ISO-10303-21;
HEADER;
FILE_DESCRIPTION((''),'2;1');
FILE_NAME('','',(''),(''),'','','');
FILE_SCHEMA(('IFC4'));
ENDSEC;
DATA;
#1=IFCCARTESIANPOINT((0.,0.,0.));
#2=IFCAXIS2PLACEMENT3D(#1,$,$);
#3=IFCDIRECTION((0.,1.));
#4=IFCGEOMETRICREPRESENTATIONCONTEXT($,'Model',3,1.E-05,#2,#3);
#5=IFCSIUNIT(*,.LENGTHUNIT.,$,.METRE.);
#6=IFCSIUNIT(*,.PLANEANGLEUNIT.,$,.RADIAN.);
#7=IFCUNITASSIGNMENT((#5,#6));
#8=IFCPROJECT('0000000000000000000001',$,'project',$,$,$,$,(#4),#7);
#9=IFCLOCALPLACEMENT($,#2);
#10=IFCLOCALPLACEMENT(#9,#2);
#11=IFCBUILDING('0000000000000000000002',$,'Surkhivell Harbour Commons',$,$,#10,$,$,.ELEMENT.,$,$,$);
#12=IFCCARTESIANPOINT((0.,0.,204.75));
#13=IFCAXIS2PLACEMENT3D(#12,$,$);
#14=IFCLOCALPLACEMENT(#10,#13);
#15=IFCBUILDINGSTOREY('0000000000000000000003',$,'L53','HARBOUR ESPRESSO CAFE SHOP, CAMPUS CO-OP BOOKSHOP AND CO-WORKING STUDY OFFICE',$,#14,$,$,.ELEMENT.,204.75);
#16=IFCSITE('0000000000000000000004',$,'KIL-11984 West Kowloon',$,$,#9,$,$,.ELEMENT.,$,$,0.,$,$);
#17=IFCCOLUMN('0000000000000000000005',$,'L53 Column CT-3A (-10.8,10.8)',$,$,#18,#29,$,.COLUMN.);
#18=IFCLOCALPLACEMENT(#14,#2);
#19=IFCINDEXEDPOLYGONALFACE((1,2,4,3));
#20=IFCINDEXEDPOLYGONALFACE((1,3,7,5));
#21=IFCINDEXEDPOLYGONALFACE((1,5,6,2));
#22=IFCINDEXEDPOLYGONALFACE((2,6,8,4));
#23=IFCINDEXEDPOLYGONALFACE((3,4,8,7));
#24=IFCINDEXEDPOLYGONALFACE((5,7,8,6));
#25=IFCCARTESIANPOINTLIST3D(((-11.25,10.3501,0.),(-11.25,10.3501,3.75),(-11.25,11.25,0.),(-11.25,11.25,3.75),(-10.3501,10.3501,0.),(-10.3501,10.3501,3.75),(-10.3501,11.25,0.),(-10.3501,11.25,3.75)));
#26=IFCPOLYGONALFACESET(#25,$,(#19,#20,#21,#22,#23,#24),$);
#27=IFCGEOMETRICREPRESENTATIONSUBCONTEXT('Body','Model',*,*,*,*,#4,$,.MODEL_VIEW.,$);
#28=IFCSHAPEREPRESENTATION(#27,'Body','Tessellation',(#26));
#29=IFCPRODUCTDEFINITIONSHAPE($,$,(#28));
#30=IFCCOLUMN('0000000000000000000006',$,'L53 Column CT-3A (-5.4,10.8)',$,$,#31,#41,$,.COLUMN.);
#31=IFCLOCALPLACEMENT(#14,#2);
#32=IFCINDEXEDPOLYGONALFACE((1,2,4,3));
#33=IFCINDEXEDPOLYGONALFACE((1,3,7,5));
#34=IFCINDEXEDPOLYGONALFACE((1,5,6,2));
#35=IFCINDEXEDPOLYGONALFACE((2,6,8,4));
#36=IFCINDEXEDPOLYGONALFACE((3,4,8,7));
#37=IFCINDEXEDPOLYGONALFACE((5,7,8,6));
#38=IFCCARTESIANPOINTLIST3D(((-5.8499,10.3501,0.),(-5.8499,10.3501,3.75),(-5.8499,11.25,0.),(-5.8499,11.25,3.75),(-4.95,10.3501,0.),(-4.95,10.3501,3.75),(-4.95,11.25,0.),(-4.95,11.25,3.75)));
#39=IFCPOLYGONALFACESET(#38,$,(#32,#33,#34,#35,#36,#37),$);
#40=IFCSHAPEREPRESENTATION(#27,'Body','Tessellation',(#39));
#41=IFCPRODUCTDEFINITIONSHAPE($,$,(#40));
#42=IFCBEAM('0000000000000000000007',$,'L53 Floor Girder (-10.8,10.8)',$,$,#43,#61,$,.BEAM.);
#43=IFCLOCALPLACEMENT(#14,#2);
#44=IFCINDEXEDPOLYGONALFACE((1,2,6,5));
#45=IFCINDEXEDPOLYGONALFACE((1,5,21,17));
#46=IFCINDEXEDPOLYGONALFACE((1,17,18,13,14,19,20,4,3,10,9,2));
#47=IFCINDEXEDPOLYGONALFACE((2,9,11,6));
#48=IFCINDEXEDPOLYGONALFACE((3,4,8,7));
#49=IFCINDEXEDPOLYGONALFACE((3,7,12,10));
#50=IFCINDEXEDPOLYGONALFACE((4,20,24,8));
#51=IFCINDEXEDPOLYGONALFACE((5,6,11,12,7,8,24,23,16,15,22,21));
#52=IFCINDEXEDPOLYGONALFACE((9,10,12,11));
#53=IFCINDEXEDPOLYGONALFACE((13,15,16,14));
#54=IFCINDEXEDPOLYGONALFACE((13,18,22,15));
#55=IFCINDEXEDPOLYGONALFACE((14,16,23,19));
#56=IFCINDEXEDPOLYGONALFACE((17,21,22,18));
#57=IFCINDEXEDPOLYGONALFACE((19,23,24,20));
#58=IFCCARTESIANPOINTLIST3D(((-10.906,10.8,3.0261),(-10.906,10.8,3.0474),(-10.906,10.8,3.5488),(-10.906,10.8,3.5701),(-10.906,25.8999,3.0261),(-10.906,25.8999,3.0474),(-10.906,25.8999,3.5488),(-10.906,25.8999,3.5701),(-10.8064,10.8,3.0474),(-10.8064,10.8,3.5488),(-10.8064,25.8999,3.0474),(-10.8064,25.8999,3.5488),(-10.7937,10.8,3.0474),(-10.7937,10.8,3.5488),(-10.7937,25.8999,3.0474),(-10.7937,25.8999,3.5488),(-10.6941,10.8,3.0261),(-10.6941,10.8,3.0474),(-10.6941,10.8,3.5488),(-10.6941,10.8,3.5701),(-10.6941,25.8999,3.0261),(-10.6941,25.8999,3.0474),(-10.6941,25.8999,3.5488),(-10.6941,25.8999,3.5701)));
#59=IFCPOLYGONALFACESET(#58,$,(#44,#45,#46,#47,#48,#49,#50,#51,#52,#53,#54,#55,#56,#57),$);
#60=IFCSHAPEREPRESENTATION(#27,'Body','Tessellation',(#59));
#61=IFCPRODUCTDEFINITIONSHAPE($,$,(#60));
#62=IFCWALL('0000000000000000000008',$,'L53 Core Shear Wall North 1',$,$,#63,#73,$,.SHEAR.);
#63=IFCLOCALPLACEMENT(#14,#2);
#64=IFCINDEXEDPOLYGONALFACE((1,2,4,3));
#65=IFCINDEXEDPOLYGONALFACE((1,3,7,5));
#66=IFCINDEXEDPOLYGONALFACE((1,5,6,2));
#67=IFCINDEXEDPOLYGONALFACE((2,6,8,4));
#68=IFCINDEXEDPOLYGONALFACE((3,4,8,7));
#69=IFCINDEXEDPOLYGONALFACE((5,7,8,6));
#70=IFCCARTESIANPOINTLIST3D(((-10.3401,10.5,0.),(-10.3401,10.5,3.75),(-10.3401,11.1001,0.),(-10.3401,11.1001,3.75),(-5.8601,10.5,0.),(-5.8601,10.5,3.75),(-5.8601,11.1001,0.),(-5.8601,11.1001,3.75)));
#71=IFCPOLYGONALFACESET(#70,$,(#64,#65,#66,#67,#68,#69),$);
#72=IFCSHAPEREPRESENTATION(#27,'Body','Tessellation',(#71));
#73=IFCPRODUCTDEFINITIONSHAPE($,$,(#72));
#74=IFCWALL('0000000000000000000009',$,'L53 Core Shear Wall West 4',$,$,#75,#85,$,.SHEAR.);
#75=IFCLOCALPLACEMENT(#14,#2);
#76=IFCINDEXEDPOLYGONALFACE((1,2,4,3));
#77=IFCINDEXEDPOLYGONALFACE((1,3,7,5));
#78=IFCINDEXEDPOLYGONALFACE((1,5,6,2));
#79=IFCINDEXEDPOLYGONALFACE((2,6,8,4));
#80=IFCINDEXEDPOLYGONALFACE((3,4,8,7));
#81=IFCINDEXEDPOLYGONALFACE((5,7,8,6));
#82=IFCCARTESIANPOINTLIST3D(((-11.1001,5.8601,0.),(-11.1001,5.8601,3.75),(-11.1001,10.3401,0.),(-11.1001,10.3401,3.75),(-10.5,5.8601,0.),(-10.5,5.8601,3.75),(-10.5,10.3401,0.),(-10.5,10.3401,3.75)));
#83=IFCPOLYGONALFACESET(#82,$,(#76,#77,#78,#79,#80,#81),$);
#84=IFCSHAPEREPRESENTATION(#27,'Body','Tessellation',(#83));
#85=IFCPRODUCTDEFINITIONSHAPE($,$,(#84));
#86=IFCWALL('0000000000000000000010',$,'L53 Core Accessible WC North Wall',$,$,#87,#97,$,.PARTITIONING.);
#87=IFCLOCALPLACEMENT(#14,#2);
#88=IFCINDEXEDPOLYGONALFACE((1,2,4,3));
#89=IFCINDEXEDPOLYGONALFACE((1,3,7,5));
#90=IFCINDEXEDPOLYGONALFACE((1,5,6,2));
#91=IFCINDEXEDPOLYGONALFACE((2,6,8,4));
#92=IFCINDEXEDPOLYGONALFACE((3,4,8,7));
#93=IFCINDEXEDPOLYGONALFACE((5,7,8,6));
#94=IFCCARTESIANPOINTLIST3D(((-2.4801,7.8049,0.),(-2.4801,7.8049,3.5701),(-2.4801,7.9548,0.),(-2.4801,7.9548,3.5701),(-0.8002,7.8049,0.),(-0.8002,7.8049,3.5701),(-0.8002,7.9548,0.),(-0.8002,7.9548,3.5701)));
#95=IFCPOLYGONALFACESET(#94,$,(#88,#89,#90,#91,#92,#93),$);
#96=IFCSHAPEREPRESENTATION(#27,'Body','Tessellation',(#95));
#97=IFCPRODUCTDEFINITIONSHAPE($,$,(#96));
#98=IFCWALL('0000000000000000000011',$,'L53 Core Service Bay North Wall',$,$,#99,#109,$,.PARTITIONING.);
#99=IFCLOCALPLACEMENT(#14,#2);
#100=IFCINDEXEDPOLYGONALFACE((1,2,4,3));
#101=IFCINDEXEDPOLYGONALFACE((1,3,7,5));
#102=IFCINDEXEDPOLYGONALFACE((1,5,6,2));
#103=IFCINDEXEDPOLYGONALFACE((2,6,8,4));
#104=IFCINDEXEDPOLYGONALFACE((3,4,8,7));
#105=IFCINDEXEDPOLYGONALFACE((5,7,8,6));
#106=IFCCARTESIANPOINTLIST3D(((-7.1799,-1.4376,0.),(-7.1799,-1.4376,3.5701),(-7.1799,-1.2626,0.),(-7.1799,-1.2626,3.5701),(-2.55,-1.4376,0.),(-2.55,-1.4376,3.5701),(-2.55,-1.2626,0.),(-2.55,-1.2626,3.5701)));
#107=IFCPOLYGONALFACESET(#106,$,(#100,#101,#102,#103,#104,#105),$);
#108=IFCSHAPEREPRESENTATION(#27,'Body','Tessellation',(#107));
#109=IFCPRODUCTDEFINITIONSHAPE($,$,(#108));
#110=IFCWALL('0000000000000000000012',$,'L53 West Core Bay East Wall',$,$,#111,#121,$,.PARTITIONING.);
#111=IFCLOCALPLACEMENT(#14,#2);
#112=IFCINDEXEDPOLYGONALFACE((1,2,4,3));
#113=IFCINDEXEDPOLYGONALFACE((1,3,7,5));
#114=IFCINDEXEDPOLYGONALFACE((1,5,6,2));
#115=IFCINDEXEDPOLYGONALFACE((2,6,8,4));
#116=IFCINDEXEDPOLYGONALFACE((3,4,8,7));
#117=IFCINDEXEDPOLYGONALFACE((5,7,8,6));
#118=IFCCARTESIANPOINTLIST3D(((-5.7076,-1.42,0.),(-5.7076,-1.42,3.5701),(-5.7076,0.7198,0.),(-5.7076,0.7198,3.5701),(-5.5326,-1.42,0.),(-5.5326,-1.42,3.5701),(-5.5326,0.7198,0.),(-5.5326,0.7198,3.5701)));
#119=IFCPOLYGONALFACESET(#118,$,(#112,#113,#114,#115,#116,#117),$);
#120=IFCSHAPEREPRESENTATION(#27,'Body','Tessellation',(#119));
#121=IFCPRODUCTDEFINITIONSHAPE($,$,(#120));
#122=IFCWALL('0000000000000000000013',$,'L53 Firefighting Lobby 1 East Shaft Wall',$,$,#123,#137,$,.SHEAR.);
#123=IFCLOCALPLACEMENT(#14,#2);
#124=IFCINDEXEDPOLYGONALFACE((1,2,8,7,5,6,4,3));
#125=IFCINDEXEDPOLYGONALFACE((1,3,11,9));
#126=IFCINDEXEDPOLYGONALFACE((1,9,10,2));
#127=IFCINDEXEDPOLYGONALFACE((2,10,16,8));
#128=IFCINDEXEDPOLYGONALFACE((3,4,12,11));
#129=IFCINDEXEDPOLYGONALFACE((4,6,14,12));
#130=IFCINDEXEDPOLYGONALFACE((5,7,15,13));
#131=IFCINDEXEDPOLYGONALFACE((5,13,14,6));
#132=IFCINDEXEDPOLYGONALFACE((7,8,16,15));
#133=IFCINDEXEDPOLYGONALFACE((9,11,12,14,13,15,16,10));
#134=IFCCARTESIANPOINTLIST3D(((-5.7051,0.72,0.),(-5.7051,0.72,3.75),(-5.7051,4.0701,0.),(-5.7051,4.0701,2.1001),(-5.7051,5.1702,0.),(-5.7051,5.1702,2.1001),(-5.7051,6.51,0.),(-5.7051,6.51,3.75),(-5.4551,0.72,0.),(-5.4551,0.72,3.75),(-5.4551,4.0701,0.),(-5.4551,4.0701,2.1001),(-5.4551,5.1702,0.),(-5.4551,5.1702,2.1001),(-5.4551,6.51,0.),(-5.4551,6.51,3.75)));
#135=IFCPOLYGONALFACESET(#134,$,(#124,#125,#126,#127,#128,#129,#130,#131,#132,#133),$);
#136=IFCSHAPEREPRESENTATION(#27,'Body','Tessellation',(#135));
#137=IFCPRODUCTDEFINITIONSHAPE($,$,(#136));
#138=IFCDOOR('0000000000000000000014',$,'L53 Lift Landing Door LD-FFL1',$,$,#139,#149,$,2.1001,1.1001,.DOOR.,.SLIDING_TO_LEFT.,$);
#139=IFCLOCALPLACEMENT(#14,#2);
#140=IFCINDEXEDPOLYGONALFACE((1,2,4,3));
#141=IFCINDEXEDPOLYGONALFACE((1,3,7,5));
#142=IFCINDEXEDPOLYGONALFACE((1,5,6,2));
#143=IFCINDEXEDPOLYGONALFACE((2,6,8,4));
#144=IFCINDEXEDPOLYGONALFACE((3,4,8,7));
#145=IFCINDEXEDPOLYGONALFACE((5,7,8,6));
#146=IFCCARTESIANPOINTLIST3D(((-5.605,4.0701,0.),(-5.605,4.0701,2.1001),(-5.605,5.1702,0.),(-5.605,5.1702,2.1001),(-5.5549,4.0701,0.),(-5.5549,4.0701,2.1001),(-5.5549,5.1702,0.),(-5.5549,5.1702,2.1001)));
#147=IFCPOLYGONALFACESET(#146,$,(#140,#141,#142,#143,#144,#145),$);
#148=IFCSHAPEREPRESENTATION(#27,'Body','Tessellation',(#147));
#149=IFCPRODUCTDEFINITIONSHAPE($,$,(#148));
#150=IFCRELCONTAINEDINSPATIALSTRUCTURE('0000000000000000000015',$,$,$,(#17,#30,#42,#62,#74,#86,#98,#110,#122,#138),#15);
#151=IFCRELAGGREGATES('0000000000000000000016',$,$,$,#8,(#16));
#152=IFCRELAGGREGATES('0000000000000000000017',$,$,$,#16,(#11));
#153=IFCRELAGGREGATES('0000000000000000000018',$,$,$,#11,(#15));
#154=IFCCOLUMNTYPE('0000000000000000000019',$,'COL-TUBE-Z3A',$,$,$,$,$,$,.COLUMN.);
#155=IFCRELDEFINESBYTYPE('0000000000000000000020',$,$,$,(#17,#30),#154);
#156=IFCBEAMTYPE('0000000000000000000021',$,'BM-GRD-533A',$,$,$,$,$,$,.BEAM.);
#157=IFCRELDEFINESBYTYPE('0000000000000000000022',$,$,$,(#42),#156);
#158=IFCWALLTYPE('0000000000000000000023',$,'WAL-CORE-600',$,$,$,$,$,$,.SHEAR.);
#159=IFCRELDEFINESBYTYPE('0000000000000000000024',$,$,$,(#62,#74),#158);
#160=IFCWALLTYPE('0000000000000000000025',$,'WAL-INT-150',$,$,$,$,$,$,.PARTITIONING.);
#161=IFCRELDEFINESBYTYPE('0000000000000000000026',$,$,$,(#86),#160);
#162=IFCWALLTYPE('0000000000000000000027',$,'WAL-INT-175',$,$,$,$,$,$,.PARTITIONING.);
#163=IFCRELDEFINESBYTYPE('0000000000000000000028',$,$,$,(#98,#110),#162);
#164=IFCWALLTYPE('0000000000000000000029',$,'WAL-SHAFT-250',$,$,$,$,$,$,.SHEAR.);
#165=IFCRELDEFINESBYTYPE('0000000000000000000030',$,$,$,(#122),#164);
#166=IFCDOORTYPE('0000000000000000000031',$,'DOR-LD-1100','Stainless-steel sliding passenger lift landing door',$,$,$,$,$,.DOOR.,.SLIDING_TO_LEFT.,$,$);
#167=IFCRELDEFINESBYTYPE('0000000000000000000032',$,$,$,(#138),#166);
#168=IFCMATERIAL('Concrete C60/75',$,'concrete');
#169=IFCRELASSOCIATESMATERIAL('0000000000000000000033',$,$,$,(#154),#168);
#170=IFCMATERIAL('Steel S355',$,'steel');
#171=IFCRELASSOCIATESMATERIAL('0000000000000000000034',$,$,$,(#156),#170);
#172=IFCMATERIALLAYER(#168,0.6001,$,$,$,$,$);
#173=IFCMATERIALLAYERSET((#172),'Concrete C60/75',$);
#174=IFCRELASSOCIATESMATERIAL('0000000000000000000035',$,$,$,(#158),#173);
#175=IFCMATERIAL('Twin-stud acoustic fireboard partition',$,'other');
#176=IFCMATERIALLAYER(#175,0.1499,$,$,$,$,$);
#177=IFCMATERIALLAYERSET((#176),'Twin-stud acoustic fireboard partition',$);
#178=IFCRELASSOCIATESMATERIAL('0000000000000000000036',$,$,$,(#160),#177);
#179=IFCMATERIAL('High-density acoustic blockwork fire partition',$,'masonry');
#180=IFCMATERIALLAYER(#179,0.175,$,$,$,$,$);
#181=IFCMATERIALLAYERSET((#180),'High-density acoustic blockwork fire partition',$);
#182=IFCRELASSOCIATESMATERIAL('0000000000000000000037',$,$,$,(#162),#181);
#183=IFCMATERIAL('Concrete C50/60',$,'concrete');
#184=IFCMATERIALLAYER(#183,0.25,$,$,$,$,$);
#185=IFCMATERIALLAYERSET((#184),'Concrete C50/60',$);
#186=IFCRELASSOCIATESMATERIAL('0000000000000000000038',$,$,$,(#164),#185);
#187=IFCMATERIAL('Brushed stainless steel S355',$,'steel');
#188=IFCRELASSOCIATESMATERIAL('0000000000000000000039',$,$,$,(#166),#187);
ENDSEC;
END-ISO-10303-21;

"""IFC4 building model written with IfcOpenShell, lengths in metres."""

from ifc_helpers import new_model, si_unit, direction, frame, frame_2d, origin, origin_2d, place, context, subcontext, project, spatial, rectangle, i_section, extrude, material, layer, layer_set, material_profile, profile_set, type_object, element, fill, save


model = new_model("IFC4")

# Units and contexts
model_context = context("Model", 3, precision=1e-05, world=origin(), true_north=direction((0.0, 1.0)))
body_context = subcontext(model_context, "Body", "Model", "MODEL_VIEW")
ifc_project = project(units=[si_unit("LENGTHUNIT", "METRE"), si_unit("PLANEANGLEUNIT", "RADIAN")], contexts=[model_context])

# Site, building, storey
site_placement = place(None, origin())
site = spatial("IfcSite", under=ifc_project, at=site_placement, Name="KIL-11984 West Kowloon", CompositionType="ELEMENT", RefElevation=0.0)
building_placement = place(site_placement, origin())
building = spatial("IfcBuilding", under=site, at=building_placement, Name="Surkhivell Harbour Commons", CompositionType="ELEMENT")
storey_placement = place(building_placement, frame((0.0, 0.0, 204.75)))
storey = spatial("IfcBuildingStorey", under=building, at=storey_placement, Name="L53", Description="HARBOUR ESPRESSO CAFE SHOP, CAMPUS CO-OP BOOKSHOP AND CO-WORKING STUDY OFFICE", CompositionType="ELEMENT", Elevation=204.75)

# Columns
ifc_material_1 = material(Name="Concrete C60/75", Category="concrete")
ifc_material_profile_1 = material_profile(ifc_material_1, rectangle(XDim=0.8999, YDim=0.8999, at=origin_2d()), Name="RC-COL-900x900")
ifc_profile_set_1 = profile_set([ifc_material_profile_1], Name="Concrete C60/75")
column_type = type_object("IfcColumnType", Name="COL-TUBE-Z3A", PredefinedType="COLUMN", material=ifc_profile_set_1)
for number, where, z_axis, x_axis, name in (
    (1, (-10.8, 10.8, 0.0), (0.0, 0.0, 1.0), (1.0, 0.0, 0.0), "L53 Column CT-3A (-10.8,10.8)"),
    (2, (-5.3999, 10.8, 0.0), (0.0, 0.0, 1.0), (1.0, 0.0, 0.0), "L53 Column CT-3A (-5.4,10.8)"),
):
    element("IfcColumn", number, at=place(storey_placement, frame(where, z_axis=z_axis, x_axis=x_axis)), inside=storey, type_object=column_type, Name=name, PredefinedType="COLUMN", context=body_context, shape_type="SweptSolid", body=[
        extrude(rectangle(XDim=0.8999, YDim=0.8999, at=origin_2d()), origin(), (0.0, 0.0, 1.0), 3.75),
    ])

# Beam
ifc_material_2 = material(Name="Steel S355", Category="steel")
ifc_material_profile_2 = material_profile(ifc_material_2, i_section(OverallWidth=0.2119, OverallDepth=0.5439, WebThickness=0.0127, FlangeThickness=0.0212, at=origin_2d()), Name="UB533x210x122")
ifc_profile_set_2 = profile_set([ifc_material_profile_2], Name="Steel S355")
beam_type = type_object("IfcBeamType", Name="BM-GRD-533A", PredefinedType="BEAM", material=ifc_profile_set_2)
beam_placement = place(storey_placement, frame((-10.8, 10.8, 3.2981), z_axis=(0.0, 1.0, 0.0), x_axis=(-1.0, 0.0, 0.0)))
element("IfcBeam", 3, at=beam_placement, inside=storey, type_object=beam_type, Name="L53 Floor Girder (-10.8,10.8)", PredefinedType="BEAM", context=body_context, shape_type="SweptSolid", body=[
    extrude(i_section(OverallWidth=0.2119, OverallDepth=0.5439, WebThickness=0.0127, FlangeThickness=0.0212, at=origin_2d()), origin(), (0.0, 0.0, 1.0), 15.0999),
])

# Walls
ifc_layer_1 = layer(ifc_material_1, 0.6001)
ifc_layer_set_1 = layer_set([ifc_layer_1], Name="Concrete C60/75")
wall_type_1 = type_object("IfcWallType", Name="WAL-CORE-600", PredefinedType="SHEAR", material=ifc_layer_set_1)
for number, where, z_axis, x_axis, name in (
    (4, (-10.3401, 10.8, 0.0), (0.0, 0.0, 1.0), (1.0, 0.0, 0.0), "L53 Core Shear Wall North 1"),
    (5, (-10.8, 5.8601, 0.0), (0.0, 0.0, 1.0), (0.0, 1.0, 0.0), "L53 Core Shear Wall West 4"),
):
    element("IfcWall", number, at=place(storey_placement, frame(where, z_axis=z_axis, x_axis=x_axis)), inside=storey, type_object=wall_type_1, Name=name, PredefinedType="SHEAR", context=body_context, shape_type="SweptSolid", body=[
        extrude(rectangle(XDim=4.48, YDim=0.6001, at=frame_2d((2.24, 0.0))), origin(), (0.0, 0.0, 1.0), 3.75),
    ])
ifc_material_3 = material(Name="Twin-stud acoustic fireboard partition", Category="other")
ifc_layer_2 = layer(ifc_material_3, 0.1499)
ifc_layer_set_2 = layer_set([ifc_layer_2], Name="Twin-stud acoustic fireboard partition")
wall_type_2 = type_object("IfcWallType", Name="WAL-INT-150", PredefinedType="PARTITIONING", material=ifc_layer_set_2)
wall_1_placement = place(storey_placement, frame((-2.48, 7.8799, 0.0), z_axis=(0.0, 0.0, 1.0), x_axis=(1.0, 0.0, 0.0)))
element("IfcWall", 6, at=wall_1_placement, inside=storey, type_object=wall_type_2, Name="L53 Core Accessible WC North Wall", PredefinedType="PARTITIONING", context=body_context, shape_type="SweptSolid", body=[
    extrude(rectangle(XDim=1.6799, YDim=0.1499, at=frame_2d((0.8398, 0.0))), origin(), (0.0, 0.0, 1.0), 3.5701),
])
ifc_material_4 = material(Name="High-density acoustic blockwork fire partition", Category="masonry")
ifc_layer_3 = layer(ifc_material_4, 0.175)
ifc_layer_set_3 = layer_set([ifc_layer_3], Name="High-density acoustic blockwork fire partition")
wall_type_3 = type_object("IfcWallType", Name="WAL-INT-175", PredefinedType="PARTITIONING", material=ifc_layer_set_3)
wall_2_placement = place(storey_placement, frame((-7.1799, -1.3501, 0.0), z_axis=(0.0, 0.0, 1.0), x_axis=(1.0, 0.0, 0.0)))
element("IfcWall", 7, at=wall_2_placement, inside=storey, type_object=wall_type_3, Name="L53 Core Service Bay North Wall", PredefinedType="PARTITIONING", context=body_context, shape_type="SweptSolid", body=[
    extrude(rectangle(XDim=4.6299, YDim=0.175, at=frame_2d((2.3149, 0.0))), origin(), (0.0, 0.0, 1.0), 3.5701),
])
wall_3_placement = place(storey_placement, frame((-5.6201, -1.4199, 0.0), z_axis=(0.0, 0.0, 1.0), x_axis=(0.0, 1.0, 0.0)))
element("IfcWall", 8, at=wall_3_placement, inside=storey, type_object=wall_type_3, Name="L53 West Core Bay East Wall", PredefinedType="PARTITIONING", context=body_context, shape_type="SweptSolid", body=[
    extrude(rectangle(XDim=2.1399, YDim=0.175, at=frame_2d((1.0698, 0.0))), origin(), (0.0, 0.0, 1.0), 3.5701),
])

# Wall, opening, door
ifc_material_5 = material(Name="Concrete C50/60", Category="concrete")
ifc_layer_4 = layer(ifc_material_5, 0.25)
ifc_layer_set_4 = layer_set([ifc_layer_4], Name="Concrete C50/60")
wall_type_4 = type_object("IfcWallType", Name="WAL-SHAFT-250", PredefinedType="SHEAR", material=ifc_layer_set_4)
wall_4_placement = place(storey_placement, frame((-5.5801, 0.72, 0.0), z_axis=(0.0, 0.0, 1.0), x_axis=(0.0, 1.0, 0.0)))
wall_4 = element("IfcWall", 9, at=wall_4_placement, inside=storey, type_object=wall_type_4, Name="L53 Firefighting Lobby 1 East Shaft Wall", PredefinedType="SHEAR", context=body_context, shape_type="SweptSolid", body=[
    extrude(rectangle(XDim=5.79, YDim=0.25, at=frame_2d((2.895, 0.0))), origin(), (0.0, 0.0, 1.0), 3.75),
])
opening_1_placement = place(wall_4_placement, frame((3.3501, 0.0, 0.0)))
opening_1 = element("IfcOpeningElement", 10, at=opening_1_placement, cuts=wall_4, PredefinedType="OPENING", context=body_context, shape_type="SweptSolid", body=[
    extrude(rectangle(XDim=1.1001, YDim=2.1001, at=frame_2d((0.55, 1.05))), frame((0.0, 0.135, 0.0), z_axis=(0.0, -1.0, 0.0), x_axis=(1.0, 0.0, 0.0)), (0.0, 0.0, 1.0), 0.27),
])
ifc_material_6 = material(Name="Brushed stainless steel S355", Category="steel")
door_type_1 = type_object("IfcDoorType", Name="DOR-LD-1100", Description="Stainless-steel sliding passenger lift landing door", OperationType="SLIDING_TO_LEFT", PredefinedType="DOOR", material=ifc_material_6)
door_1_placement = place(opening_1_placement, origin())
door_1 = element("IfcDoor", 11, at=door_1_placement, inside=storey, type_object=door_type_1, Name="L53 Lift Landing Door LD-FFL1", OperationType="SLIDING_TO_LEFT", OverallHeight=2.1001, OverallWidth=1.1001, PredefinedType="DOOR", context=body_context, shape_type="SweptSolid", body=[
    extrude(rectangle(XDim=1.1001, YDim=2.1001, at=frame_2d((0.55, 1.05))), frame((0.0, 0.0249, 0.0), z_axis=(0.0, -1.0, 0.0), x_axis=(1.0, 0.0, 0.0)), (0.0, 0.0, 1.0), 0.05),
])
fill(opening_1, door_1)

save(model, "model.ifc")
